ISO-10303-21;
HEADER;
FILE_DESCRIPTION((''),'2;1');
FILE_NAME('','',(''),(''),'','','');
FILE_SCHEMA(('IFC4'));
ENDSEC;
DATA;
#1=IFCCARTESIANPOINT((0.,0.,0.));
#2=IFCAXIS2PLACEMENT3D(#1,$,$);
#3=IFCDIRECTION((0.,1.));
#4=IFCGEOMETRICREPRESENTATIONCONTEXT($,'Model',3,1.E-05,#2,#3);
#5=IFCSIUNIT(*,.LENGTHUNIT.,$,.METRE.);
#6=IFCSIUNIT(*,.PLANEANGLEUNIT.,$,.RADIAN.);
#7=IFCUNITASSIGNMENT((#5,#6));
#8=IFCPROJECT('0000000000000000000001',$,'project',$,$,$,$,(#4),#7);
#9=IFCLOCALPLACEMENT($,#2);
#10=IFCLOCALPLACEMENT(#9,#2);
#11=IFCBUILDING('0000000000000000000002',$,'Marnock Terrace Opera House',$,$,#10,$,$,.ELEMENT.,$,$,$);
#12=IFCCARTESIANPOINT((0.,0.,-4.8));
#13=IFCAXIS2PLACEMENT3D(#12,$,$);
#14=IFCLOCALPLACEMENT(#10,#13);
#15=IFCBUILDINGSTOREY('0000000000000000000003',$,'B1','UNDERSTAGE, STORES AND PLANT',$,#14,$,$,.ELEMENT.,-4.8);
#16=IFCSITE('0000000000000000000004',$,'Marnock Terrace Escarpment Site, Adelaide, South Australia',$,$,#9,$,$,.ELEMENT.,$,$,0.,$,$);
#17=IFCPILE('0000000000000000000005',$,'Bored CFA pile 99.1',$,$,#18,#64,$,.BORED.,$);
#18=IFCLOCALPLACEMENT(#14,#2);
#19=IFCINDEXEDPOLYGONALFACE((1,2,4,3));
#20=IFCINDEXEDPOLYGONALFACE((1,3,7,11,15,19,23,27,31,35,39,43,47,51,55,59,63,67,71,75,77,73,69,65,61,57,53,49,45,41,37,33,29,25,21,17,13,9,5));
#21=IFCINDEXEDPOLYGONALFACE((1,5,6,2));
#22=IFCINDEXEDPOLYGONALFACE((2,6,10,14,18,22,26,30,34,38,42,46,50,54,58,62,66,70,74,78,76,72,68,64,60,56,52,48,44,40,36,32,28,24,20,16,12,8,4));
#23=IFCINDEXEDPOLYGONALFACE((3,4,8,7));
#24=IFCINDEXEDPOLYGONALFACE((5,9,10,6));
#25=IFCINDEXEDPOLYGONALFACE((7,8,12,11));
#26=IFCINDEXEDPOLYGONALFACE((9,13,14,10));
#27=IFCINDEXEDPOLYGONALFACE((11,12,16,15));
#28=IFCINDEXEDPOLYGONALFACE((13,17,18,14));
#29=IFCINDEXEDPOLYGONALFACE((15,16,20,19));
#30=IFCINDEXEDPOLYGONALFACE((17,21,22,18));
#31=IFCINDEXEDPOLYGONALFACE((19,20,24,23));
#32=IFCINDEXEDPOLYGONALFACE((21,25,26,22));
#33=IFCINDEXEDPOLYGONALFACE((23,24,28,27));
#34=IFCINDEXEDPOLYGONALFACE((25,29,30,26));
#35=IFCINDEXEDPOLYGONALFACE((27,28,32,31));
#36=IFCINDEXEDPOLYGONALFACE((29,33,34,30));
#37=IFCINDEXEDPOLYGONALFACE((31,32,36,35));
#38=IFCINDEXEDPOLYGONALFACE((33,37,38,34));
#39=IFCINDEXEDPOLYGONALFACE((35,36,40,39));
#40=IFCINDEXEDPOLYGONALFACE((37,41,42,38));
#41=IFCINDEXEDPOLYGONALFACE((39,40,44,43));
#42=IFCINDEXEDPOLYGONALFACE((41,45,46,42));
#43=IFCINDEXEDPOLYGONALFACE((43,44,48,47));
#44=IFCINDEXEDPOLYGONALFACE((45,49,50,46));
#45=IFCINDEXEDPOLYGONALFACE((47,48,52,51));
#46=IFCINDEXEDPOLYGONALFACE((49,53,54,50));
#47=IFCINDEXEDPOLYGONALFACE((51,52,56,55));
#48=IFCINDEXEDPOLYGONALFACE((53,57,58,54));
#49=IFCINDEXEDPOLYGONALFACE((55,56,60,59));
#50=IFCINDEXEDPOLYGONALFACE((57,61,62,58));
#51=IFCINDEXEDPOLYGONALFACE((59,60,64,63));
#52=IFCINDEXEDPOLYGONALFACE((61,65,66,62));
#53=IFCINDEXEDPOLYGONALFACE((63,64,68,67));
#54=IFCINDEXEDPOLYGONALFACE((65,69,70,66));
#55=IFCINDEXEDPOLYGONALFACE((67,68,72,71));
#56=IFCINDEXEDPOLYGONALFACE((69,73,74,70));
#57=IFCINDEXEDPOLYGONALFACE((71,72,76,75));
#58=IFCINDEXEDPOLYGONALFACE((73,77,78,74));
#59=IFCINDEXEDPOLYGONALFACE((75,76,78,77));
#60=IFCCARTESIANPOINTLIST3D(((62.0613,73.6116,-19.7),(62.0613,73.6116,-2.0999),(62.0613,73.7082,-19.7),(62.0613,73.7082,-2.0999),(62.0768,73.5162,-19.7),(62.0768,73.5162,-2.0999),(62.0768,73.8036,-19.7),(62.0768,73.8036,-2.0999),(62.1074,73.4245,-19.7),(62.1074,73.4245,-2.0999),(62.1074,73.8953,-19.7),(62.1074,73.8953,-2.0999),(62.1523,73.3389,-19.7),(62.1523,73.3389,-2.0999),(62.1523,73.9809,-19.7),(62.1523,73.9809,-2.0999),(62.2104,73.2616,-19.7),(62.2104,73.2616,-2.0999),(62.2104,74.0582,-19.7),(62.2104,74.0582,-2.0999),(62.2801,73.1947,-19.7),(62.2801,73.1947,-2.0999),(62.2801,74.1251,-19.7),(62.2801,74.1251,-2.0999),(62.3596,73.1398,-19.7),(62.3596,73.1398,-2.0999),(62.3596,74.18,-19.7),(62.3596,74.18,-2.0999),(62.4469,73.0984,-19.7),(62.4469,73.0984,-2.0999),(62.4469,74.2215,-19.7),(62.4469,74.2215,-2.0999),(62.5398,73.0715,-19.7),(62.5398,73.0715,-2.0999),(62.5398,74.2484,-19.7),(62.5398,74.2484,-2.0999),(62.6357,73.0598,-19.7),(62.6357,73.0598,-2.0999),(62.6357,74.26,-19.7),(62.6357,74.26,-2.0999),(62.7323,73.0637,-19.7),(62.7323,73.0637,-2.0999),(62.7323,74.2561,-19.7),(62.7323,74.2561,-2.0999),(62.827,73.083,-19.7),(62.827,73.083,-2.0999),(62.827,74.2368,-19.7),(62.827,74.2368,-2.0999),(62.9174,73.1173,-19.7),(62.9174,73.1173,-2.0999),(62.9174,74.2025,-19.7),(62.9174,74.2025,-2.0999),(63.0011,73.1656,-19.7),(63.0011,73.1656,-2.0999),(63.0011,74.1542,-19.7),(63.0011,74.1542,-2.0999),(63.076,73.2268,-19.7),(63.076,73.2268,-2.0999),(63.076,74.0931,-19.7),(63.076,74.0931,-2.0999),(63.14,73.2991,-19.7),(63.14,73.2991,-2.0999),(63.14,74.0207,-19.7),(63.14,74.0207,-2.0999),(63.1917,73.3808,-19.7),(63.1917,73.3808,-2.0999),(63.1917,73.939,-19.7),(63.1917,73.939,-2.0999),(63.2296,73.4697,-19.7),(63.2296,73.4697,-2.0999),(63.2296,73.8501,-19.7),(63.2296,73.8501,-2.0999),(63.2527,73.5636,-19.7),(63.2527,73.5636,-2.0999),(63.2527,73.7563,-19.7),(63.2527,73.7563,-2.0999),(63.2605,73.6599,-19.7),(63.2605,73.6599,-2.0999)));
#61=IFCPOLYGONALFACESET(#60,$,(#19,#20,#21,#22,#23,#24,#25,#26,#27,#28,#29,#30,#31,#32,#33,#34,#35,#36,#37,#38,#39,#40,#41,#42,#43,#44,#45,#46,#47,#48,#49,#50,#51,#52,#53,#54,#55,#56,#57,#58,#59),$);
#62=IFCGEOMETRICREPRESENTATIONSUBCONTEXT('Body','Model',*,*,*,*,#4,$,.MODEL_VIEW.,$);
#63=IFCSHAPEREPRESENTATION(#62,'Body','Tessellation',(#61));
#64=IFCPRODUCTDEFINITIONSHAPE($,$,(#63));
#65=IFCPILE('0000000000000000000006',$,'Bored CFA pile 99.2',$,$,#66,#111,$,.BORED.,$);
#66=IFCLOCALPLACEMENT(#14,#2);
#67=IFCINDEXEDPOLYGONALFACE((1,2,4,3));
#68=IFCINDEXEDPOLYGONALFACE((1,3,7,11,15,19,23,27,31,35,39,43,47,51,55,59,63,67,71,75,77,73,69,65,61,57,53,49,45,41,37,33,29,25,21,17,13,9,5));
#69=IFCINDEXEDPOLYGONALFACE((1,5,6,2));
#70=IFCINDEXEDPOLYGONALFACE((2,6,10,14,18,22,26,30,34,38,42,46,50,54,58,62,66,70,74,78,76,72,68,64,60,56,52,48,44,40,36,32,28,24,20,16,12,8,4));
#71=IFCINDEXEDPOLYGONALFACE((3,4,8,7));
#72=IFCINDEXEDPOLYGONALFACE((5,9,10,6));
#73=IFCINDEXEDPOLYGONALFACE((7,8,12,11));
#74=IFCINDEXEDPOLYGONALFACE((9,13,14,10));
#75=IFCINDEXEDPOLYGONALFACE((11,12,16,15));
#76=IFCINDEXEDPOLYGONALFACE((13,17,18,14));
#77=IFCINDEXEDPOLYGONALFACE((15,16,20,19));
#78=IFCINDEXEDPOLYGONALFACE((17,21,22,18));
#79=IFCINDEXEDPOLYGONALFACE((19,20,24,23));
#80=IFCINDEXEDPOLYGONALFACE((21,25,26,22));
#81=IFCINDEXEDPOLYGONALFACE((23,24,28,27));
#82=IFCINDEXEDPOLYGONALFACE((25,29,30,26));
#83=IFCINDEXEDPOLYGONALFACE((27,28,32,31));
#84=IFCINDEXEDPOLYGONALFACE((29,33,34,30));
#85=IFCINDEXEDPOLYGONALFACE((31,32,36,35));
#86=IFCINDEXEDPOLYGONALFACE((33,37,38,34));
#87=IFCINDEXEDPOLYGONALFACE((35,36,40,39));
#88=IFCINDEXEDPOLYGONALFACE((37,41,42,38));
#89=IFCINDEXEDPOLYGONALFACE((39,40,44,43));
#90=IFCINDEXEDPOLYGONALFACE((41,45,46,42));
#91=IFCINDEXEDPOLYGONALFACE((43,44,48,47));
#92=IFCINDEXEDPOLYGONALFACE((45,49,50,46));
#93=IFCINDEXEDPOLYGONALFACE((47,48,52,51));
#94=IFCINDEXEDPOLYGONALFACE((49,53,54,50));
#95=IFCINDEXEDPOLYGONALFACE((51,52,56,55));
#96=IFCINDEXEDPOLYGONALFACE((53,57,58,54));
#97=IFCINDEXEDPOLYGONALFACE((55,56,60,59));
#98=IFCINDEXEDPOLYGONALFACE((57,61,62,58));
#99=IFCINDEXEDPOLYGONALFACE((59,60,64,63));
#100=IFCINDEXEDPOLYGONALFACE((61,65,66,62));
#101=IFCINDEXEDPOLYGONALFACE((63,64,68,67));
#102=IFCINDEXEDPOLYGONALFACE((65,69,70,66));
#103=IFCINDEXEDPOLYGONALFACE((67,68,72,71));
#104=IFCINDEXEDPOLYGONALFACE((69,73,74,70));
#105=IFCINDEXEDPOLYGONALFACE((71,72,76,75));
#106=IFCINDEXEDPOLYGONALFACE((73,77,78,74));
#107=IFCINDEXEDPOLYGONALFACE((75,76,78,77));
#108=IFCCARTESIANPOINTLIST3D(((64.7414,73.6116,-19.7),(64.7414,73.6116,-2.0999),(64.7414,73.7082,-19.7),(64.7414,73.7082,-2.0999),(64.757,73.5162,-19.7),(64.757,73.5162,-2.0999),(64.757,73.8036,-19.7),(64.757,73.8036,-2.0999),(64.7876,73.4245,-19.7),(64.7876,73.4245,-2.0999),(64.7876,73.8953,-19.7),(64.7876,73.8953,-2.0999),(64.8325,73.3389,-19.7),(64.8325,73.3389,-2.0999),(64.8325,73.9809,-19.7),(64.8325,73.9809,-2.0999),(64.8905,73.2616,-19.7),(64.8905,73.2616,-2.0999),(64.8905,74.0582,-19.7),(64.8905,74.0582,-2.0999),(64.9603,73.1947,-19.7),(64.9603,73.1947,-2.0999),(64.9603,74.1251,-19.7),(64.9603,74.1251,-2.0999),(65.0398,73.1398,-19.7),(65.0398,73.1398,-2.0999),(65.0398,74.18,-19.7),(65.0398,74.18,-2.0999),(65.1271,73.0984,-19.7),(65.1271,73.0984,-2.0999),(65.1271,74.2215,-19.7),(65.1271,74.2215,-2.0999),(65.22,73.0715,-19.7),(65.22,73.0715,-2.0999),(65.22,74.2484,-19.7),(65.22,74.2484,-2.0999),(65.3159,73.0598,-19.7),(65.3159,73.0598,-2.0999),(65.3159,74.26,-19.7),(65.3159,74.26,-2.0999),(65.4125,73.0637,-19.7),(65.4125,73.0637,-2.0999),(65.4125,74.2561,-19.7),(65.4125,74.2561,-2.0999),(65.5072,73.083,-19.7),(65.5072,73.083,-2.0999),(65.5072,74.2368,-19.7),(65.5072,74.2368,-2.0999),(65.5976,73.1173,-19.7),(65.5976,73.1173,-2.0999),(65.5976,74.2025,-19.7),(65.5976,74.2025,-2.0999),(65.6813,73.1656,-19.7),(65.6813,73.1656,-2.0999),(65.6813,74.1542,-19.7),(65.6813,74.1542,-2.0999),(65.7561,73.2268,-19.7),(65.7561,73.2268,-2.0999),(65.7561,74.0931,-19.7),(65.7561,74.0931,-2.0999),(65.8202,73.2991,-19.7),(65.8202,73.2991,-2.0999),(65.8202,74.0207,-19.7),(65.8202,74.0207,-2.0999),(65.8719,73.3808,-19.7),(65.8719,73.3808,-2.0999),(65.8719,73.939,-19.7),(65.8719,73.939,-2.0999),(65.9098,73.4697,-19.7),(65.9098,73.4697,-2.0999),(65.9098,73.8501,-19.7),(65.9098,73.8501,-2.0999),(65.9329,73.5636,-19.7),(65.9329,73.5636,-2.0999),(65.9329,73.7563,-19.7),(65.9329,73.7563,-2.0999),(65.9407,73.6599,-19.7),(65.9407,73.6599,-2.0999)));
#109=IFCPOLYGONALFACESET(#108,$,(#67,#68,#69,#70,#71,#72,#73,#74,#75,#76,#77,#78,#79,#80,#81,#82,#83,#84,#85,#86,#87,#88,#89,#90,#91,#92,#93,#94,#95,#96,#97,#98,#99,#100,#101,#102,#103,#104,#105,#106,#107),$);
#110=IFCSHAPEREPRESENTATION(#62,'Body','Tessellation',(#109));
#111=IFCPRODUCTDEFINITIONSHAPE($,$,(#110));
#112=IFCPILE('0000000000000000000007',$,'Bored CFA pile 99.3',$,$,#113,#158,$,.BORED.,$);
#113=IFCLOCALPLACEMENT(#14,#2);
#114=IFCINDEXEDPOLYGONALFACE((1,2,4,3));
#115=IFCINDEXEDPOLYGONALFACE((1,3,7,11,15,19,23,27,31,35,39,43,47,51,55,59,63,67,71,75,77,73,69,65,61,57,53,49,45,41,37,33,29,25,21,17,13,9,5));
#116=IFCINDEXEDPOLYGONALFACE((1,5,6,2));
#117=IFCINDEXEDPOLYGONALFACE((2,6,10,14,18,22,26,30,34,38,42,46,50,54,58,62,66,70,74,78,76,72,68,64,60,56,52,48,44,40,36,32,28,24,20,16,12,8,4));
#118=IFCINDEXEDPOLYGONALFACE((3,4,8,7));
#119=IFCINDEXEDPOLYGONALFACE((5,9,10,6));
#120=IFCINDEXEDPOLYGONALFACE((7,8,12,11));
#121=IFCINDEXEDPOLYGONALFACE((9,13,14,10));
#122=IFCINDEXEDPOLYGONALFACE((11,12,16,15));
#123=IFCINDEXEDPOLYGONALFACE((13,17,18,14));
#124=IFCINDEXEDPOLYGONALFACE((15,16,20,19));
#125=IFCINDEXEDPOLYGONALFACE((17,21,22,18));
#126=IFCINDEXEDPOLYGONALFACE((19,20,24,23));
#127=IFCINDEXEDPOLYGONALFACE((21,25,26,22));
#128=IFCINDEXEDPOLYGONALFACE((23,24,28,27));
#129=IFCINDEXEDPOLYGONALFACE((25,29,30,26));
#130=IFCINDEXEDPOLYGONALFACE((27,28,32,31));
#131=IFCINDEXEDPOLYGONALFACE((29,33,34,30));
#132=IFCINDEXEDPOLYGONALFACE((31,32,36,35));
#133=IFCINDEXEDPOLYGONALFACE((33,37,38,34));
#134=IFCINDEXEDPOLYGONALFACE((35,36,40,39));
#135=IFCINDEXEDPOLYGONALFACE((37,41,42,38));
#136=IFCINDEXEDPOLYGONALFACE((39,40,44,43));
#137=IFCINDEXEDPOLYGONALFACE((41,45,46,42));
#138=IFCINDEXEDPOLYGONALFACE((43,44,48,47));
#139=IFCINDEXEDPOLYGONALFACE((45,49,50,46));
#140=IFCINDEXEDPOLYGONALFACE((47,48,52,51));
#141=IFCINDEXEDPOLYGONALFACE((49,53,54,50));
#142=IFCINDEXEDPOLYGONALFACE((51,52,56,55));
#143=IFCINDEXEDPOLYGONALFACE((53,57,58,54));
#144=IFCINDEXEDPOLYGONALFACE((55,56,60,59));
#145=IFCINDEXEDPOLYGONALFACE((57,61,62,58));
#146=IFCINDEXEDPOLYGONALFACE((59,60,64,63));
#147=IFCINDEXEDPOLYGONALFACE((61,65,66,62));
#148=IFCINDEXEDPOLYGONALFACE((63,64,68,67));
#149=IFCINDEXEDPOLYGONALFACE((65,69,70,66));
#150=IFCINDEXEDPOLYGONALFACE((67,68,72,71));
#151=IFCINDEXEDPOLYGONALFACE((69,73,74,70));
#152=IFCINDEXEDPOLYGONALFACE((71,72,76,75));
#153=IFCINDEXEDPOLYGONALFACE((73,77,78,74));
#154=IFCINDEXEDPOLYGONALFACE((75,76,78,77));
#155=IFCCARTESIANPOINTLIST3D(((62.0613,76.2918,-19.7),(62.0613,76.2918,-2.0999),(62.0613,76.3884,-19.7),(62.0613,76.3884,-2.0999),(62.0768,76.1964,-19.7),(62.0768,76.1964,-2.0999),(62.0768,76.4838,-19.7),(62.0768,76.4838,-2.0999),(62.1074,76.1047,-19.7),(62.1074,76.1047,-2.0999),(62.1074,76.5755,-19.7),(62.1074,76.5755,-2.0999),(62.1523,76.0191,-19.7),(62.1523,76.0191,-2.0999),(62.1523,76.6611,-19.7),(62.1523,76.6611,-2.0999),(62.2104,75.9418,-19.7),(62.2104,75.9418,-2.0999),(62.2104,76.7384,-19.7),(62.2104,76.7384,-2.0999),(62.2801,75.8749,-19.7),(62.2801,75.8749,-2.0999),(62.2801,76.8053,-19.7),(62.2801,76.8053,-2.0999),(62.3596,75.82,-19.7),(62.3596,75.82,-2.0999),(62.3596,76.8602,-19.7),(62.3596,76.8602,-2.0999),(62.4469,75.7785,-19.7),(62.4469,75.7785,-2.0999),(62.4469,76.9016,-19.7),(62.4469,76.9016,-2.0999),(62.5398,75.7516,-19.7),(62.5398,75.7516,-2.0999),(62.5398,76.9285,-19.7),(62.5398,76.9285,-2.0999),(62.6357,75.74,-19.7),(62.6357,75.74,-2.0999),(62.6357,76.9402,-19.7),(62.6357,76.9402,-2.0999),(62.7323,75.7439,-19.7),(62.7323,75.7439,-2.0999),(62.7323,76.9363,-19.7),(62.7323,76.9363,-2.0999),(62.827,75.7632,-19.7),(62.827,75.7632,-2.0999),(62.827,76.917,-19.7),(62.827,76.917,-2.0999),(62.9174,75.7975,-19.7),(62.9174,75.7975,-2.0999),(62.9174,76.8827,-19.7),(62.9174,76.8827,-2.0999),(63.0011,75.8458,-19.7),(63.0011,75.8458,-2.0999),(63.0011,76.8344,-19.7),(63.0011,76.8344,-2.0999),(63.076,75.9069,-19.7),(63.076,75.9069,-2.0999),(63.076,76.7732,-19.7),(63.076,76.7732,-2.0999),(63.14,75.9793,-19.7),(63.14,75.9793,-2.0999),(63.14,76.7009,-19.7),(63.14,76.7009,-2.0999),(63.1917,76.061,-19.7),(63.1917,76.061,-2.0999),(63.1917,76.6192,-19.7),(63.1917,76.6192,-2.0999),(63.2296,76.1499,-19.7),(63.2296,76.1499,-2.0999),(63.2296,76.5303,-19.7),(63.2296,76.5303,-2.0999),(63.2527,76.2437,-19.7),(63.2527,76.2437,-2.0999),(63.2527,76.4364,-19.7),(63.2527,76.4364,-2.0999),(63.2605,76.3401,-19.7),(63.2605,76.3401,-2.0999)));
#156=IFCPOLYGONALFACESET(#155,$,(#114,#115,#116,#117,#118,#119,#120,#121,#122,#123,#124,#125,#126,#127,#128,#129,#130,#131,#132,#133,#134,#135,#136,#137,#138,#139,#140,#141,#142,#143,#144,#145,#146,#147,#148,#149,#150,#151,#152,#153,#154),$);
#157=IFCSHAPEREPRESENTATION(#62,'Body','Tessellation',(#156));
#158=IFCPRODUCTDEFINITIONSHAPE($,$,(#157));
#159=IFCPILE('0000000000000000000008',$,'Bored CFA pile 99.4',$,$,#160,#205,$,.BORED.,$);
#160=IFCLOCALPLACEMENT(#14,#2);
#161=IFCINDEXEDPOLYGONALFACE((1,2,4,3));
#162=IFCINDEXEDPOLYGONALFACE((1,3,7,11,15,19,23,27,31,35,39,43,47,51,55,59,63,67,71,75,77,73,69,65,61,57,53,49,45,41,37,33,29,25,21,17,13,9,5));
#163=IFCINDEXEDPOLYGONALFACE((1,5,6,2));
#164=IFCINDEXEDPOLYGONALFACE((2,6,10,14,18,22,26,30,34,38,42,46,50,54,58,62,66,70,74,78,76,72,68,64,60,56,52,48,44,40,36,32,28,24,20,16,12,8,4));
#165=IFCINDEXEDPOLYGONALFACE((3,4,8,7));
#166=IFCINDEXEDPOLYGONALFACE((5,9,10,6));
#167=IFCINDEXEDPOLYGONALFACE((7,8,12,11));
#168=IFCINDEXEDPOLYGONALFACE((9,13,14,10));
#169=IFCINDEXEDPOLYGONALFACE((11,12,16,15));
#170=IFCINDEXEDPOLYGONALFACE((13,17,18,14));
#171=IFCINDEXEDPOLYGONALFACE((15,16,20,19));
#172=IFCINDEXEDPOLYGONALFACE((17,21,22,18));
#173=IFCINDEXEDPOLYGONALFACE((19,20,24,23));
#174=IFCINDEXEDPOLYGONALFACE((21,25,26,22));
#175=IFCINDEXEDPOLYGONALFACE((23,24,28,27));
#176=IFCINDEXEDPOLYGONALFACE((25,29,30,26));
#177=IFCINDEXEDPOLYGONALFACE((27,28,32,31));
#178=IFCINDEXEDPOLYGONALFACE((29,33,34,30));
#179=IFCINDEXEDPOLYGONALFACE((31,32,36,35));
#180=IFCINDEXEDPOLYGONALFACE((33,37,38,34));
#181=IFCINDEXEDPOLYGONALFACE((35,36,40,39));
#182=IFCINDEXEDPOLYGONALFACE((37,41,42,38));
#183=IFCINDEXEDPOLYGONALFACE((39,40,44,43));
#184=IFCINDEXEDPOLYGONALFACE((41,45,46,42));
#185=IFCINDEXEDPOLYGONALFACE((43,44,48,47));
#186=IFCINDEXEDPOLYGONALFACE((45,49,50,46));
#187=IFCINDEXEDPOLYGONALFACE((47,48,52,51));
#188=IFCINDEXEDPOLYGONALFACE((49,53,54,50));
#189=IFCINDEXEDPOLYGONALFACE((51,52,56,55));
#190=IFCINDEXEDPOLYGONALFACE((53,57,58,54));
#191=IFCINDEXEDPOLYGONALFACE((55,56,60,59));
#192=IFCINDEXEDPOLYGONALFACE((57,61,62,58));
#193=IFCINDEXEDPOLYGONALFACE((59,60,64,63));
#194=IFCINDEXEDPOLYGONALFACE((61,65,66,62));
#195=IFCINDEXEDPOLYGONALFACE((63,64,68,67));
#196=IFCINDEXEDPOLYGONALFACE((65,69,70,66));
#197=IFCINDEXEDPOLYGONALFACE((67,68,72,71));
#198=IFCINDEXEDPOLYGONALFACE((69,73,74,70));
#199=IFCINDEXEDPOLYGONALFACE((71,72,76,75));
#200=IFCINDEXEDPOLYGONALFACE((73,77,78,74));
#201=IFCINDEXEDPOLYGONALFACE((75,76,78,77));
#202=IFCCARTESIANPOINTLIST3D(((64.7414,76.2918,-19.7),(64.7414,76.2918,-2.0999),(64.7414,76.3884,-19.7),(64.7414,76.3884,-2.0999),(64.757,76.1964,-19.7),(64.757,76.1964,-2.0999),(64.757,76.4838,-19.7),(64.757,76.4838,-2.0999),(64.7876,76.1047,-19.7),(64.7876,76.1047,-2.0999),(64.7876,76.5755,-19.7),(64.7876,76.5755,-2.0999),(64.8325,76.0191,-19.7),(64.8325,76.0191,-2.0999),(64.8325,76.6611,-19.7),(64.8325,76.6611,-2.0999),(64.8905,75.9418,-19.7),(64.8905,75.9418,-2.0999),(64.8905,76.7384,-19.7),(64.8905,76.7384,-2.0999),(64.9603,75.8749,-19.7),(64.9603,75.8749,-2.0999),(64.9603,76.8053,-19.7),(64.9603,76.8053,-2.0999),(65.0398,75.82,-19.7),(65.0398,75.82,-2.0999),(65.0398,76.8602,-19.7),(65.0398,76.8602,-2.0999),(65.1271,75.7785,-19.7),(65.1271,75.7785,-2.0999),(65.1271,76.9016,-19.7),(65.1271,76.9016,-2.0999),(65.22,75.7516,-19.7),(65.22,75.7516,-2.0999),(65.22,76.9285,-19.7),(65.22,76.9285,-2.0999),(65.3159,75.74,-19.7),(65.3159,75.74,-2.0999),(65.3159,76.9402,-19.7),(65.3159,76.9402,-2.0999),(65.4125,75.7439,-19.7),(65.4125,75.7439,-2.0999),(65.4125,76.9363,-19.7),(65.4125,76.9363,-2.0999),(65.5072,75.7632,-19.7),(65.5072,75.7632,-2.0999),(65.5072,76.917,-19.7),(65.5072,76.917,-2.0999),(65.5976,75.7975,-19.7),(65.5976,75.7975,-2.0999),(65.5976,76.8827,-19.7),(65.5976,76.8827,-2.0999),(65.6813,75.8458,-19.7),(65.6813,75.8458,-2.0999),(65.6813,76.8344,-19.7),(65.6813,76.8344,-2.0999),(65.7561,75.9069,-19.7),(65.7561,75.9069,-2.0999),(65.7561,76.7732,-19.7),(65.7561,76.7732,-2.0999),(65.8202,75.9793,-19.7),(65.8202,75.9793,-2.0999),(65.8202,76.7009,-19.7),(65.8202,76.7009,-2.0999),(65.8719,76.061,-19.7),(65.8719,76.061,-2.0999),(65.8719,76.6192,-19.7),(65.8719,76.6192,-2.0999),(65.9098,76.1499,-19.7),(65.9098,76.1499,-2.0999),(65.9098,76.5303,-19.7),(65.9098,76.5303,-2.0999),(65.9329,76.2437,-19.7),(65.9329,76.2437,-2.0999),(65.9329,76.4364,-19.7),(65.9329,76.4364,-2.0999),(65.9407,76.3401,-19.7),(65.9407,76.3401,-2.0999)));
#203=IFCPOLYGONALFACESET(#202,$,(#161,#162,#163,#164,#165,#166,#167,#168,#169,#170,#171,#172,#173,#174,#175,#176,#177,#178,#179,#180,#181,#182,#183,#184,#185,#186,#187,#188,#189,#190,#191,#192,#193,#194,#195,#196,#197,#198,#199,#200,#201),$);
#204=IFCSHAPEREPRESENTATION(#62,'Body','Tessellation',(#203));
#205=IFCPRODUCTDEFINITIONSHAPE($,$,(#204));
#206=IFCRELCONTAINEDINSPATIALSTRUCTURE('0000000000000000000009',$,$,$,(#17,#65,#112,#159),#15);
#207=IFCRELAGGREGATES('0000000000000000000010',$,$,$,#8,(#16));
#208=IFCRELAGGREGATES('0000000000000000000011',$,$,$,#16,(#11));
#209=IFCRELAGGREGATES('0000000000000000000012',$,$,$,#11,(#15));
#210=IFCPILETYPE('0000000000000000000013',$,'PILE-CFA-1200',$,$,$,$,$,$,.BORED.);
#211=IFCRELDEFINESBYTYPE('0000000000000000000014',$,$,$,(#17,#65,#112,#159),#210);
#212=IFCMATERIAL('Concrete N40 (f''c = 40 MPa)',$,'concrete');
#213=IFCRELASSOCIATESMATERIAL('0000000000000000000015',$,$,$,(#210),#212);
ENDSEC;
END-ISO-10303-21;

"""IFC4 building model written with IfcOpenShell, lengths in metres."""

from ifc_helpers import new_model, si_unit, direction, frame, origin, origin_2d, place, context, subcontext, project, spatial, circle, extrude, material, material_profile, profile_set, type_object, element, save


model = new_model("IFC4")

# Units and contexts
model_context = context("Model", 3, precision=1e-05, world=origin(), true_north=direction((0.0, 1.0)))
body_context = subcontext(model_context, "Body", "Model", "MODEL_VIEW")
ifc_project = project(units=[si_unit("LENGTHUNIT", "METRE"), si_unit("PLANEANGLEUNIT", "RADIAN")], contexts=[model_context])

# Site, building, storey
site_placement = place(None, origin())
site = spatial("IfcSite", under=ifc_project, at=site_placement, Name="Marnock Terrace Escarpment Site, Adelaide, South Australia", CompositionType="ELEMENT", RefElevation=0.0)
building_placement = place(site_placement, origin())
building = spatial("IfcBuilding", under=site, at=building_placement, Name="Marnock Terrace Opera House", CompositionType="ELEMENT")
storey_placement = place(building_placement, frame((0.0, 0.0, -4.8)))
storey = spatial("IfcBuildingStorey", under=building, at=storey_placement, Name="B1", Description="UNDERSTAGE, STORES AND PLANT", CompositionType="ELEMENT", Elevation=-4.8)

# Shared definitions
ifc_material_1 = material(Name="Concrete N40 (f'c = 40 MPa)", Category="concrete")

# Piles
ifc_material_profile_1 = material_profile(ifc_material_1, circle(Radius=0.6006, at=origin_2d()))
ifc_profile_set_1 = profile_set([ifc_material_profile_1], Name="Concrete N40 (f'c = 40 MPa)")
pile_type = type_object("IfcPileType", Name="PILE-CFA-1200", PredefinedType="BORED", material=ifc_profile_set_1)
for number, where, z_axis, x_axis, name in (
    (1, (62.6599, 73.6599, -2.0999), (0.0, 0.0, -1.0), (1.0, 0.0, 0.0), "Bored CFA pile 99.1"),
    (2, (65.3401, 73.6599, -2.0999), (0.0, 0.0, -1.0), (1.0, 0.0, 0.0), "Bored CFA pile 99.2"),
    (3, (62.6599, 76.3401, -2.0999), (0.0, 0.0, -1.0), (1.0, 0.0, 0.0), "Bored CFA pile 99.3"),
    (4, (65.3401, 76.3401, -2.0999), (0.0, 0.0, -1.0), (1.0, 0.0, 0.0), "Bored CFA pile 99.4"),
):
    element("IfcPile", number, at=place(storey_placement, frame(where, z_axis=z_axis, x_axis=x_axis)), inside=storey, type_object=pile_type, Name=name, PredefinedType="BORED", context=body_context, shape_type="SweptSolid", body=[
        extrude(circle(Radius=0.6006, at=origin_2d()), origin(), (0.0, 0.0, 1.0), 17.6001),
    ])

save(model, "model.ifc")
